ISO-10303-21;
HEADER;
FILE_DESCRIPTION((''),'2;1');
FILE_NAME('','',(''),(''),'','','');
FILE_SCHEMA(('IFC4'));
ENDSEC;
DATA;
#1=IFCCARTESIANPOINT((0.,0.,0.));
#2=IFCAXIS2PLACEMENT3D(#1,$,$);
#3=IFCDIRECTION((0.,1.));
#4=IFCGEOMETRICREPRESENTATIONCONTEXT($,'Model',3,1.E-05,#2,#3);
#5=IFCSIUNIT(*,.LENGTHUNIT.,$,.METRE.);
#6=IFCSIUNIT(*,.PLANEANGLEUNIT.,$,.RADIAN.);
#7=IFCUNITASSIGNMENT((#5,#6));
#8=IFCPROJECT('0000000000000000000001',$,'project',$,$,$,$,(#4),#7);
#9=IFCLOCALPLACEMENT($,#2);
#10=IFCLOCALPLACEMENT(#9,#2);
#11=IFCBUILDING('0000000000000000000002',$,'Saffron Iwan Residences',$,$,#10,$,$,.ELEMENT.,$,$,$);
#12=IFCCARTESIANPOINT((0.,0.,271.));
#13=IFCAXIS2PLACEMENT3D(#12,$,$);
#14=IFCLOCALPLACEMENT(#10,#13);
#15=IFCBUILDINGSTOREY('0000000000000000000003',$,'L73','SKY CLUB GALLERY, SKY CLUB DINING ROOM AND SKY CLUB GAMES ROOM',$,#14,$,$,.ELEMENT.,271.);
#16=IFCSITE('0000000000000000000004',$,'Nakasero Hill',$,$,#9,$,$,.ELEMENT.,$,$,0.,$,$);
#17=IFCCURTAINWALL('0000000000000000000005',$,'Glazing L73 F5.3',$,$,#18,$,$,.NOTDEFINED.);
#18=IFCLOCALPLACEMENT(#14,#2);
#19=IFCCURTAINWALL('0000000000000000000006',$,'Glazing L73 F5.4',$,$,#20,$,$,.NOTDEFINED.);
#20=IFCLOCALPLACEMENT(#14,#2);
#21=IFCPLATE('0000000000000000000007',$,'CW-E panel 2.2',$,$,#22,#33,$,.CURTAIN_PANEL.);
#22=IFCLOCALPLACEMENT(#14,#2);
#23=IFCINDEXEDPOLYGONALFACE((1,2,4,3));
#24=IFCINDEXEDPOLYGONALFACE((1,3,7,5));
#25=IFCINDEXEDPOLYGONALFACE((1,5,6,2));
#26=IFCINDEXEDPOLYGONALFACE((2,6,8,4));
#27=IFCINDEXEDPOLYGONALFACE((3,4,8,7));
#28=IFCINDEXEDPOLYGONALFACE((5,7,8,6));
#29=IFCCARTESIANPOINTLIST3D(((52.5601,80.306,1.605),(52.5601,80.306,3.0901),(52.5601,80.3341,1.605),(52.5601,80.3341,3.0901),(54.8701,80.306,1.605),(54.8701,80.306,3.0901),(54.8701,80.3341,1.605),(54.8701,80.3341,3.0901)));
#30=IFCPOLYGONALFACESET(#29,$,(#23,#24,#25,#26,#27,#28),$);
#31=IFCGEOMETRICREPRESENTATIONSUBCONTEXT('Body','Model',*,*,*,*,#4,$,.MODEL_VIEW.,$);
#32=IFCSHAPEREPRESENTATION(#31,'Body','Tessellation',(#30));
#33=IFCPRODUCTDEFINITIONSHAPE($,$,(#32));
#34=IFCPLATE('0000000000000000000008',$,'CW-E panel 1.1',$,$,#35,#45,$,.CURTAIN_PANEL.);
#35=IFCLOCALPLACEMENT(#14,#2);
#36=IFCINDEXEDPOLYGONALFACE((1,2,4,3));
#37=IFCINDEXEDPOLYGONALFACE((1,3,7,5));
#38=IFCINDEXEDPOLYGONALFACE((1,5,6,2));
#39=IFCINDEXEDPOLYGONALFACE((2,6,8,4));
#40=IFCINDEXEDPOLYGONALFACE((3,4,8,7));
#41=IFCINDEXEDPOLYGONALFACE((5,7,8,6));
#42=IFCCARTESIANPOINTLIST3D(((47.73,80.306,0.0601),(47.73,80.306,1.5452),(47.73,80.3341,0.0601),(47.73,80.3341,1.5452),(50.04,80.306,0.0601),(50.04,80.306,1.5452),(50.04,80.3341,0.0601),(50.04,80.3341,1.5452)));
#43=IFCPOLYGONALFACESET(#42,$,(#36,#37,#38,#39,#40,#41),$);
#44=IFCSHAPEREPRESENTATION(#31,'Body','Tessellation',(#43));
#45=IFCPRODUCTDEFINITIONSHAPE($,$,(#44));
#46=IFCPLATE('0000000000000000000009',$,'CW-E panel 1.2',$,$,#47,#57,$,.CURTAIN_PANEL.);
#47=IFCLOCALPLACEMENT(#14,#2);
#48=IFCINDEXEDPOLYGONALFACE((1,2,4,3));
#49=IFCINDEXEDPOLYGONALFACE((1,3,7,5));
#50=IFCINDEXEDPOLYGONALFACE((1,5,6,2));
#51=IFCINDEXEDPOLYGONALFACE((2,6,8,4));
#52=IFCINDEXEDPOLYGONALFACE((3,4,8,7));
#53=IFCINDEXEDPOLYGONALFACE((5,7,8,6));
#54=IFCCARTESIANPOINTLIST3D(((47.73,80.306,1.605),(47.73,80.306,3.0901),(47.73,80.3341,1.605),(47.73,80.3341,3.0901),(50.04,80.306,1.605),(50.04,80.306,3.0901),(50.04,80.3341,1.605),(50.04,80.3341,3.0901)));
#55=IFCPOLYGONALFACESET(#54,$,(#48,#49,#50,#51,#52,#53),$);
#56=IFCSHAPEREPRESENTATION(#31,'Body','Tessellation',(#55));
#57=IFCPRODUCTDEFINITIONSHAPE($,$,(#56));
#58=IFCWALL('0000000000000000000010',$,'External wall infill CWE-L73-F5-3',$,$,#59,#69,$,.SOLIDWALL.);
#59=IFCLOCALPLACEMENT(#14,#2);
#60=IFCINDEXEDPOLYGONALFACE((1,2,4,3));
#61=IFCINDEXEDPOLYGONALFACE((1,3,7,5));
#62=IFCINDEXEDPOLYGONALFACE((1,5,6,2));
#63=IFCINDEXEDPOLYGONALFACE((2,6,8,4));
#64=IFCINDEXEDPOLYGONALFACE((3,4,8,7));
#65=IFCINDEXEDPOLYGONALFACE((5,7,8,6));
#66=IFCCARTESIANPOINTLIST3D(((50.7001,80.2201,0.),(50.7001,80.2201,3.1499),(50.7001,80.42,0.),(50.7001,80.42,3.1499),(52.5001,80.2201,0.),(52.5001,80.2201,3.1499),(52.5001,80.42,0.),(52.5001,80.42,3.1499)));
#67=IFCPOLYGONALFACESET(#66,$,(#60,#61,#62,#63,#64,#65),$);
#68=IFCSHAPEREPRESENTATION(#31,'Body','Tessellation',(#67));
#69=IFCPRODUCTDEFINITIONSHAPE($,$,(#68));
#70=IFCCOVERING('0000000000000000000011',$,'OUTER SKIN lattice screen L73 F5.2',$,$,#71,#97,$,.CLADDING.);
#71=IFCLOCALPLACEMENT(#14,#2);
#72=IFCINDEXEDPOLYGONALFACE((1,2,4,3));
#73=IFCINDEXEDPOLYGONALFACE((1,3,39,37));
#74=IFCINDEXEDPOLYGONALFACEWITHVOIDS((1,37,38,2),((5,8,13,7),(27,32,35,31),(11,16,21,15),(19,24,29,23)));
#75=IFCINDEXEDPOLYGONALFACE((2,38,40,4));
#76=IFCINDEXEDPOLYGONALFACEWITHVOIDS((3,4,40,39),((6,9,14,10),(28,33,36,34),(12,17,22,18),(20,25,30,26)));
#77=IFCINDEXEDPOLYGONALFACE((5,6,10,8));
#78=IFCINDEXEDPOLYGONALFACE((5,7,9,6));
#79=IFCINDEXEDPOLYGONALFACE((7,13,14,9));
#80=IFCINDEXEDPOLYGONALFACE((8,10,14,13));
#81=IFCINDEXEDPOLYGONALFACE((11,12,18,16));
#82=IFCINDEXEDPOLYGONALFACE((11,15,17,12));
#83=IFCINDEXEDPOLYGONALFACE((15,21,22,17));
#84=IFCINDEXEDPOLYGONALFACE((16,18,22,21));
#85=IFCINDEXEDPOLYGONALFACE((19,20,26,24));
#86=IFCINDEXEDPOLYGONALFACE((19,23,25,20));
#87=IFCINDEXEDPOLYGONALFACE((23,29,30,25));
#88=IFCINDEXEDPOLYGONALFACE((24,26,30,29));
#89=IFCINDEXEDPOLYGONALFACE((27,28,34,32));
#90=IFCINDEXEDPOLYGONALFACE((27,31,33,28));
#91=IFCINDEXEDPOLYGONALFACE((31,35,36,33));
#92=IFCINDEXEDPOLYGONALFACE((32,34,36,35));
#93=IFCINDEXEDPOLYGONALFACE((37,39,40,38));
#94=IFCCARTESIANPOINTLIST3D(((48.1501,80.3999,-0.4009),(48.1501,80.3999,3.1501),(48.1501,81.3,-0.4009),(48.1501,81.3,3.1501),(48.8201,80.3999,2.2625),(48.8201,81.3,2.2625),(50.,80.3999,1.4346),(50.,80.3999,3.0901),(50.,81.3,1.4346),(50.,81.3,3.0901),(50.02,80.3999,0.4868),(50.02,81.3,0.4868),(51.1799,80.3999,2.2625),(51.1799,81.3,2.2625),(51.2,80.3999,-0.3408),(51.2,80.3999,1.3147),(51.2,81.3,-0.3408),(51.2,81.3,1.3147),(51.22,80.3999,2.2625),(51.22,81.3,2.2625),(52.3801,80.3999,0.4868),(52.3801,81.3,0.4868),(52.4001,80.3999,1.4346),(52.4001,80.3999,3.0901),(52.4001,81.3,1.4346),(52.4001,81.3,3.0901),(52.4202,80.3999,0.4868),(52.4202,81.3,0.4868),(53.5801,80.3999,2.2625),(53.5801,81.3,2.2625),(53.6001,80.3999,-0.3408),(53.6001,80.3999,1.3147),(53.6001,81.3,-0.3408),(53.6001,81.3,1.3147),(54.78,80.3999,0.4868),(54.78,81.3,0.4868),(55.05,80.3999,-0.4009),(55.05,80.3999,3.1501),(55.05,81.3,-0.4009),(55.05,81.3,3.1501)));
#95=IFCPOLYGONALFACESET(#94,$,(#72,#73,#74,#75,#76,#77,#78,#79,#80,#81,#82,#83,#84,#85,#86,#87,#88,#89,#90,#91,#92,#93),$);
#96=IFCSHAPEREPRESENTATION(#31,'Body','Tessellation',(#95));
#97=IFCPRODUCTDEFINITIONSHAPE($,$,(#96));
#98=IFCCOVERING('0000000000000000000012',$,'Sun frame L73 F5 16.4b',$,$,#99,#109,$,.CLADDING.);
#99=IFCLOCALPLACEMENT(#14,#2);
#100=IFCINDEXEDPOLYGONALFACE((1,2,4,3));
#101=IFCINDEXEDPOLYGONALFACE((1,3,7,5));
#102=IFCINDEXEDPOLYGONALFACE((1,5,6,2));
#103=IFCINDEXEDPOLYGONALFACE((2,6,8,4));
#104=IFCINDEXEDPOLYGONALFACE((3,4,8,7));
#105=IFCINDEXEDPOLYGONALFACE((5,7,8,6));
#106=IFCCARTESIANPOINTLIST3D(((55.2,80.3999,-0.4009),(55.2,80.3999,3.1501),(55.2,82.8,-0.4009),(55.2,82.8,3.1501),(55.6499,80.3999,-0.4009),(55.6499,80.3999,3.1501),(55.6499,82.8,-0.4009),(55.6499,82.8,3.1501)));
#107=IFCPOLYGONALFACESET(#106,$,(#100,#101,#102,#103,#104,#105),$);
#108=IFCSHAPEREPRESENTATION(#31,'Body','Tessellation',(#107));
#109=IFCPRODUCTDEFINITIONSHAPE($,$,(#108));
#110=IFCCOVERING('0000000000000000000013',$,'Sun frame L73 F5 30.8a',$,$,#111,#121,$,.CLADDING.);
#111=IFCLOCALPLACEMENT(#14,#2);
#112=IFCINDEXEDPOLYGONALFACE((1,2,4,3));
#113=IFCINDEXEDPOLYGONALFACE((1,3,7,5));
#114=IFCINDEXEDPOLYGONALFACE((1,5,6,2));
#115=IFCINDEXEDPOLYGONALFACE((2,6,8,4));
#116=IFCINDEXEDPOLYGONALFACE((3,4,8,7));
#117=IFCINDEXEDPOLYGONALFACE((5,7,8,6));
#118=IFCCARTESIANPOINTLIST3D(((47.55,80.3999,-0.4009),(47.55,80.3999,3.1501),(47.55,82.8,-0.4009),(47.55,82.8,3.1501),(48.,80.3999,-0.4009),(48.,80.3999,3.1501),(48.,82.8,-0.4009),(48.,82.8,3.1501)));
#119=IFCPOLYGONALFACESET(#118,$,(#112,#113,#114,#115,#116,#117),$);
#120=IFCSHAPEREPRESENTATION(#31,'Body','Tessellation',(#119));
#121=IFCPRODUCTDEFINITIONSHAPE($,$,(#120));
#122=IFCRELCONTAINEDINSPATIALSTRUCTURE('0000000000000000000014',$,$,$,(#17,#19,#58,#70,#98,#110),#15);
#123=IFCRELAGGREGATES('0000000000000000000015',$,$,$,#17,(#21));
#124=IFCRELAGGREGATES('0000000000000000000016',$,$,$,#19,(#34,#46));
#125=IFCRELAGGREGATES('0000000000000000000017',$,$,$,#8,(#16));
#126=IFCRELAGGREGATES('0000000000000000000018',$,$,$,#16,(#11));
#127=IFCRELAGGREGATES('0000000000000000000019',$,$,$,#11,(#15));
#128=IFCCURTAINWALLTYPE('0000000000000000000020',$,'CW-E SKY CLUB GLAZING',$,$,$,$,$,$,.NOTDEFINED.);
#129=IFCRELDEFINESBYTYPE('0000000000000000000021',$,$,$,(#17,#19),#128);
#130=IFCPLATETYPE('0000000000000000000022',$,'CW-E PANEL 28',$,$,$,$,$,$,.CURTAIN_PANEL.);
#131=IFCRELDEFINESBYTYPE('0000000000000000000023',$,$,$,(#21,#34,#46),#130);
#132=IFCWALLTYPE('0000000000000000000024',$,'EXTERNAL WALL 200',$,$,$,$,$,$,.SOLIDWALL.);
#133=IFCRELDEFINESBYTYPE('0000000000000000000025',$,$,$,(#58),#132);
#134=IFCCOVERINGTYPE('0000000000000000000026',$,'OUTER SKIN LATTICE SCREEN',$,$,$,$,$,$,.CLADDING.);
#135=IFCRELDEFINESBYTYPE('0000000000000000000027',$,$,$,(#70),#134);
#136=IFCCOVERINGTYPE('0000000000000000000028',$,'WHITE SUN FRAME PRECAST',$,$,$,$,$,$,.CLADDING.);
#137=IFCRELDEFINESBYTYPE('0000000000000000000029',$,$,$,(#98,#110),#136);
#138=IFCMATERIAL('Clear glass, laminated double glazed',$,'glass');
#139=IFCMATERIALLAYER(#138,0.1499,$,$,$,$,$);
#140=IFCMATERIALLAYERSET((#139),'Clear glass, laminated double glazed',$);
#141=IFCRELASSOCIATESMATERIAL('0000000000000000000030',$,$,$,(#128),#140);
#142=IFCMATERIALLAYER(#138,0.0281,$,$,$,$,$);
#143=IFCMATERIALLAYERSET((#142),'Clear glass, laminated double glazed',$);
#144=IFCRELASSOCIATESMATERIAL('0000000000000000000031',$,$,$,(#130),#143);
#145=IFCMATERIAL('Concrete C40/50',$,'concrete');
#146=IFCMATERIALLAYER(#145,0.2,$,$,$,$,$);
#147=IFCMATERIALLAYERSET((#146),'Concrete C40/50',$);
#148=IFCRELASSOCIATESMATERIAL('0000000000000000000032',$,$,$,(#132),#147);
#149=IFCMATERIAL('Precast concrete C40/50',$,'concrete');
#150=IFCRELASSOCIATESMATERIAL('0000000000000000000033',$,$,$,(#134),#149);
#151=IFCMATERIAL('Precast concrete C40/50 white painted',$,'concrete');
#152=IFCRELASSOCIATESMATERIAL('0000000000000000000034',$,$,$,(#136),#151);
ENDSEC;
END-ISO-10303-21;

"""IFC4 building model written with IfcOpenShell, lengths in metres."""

from ifc_helpers import new_model, si_unit, direction, frame, frame_2d, origin, origin_2d, place, context, subcontext, project, spatial, polyline, rectangle, outline, extrude, source, transform, mapped, material, layer, layer_set, type_object, element, aggregate, save


model = new_model("IFC4")

# Units and contexts
model_context = context("Model", 3, precision=1e-05, world=origin(), true_north=direction((0.0, 1.0)))
body_context = subcontext(model_context, "Body", "Model", "MODEL_VIEW")
ifc_project = project(units=[si_unit("LENGTHUNIT", "METRE"), si_unit("PLANEANGLEUNIT", "RADIAN")], contexts=[model_context])

# Site, building, storey
site_placement = place(None, origin())
site = spatial("IfcSite", under=ifc_project, at=site_placement, Name="Nakasero Hill", CompositionType="ELEMENT", RefElevation=0.0)
building_placement = place(site_placement, origin())
building = spatial("IfcBuilding", under=site, at=building_placement, Name="Saffron Iwan Residences", CompositionType="ELEMENT")
storey_placement = place(building_placement, frame((0.0, 0.0, 271.0)))
storey = spatial("IfcBuildingStorey", under=building, at=storey_placement, Name="L73", Description="SKY CLUB GALLERY, SKY CLUB DINING ROOM AND SKY CLUB GAMES ROOM", CompositionType="ELEMENT", Elevation=271.0)

# Curtain wall
ifc_material_1 = material(Name="Clear glass, laminated double glazed", Category="glass")
ifc_layer_1 = layer(ifc_material_1, 0.1499)
ifc_layer_set_1 = layer_set([ifc_layer_1], Name="Clear glass, laminated double glazed")
curtain_wall_type = type_object("IfcCurtainWallType", Name="CW-E SKY CLUB GLAZING", PredefinedType="NOTDEFINED", material=ifc_layer_set_1)
curtain_wall_1_placement = place(storey_placement, origin())
curtain_wall_1 = element("IfcCurtainWall", 1, at=curtain_wall_1_placement, inside=storey, type_object=curtain_wall_type, Name="Glazing L73 F5.3", PredefinedType="NOTDEFINED")

# Curtain wall
curtain_wall_2_placement = place(storey_placement, origin())
curtain_wall_2 = element("IfcCurtainWall", 2, at=curtain_wall_2_placement, inside=storey, type_object=curtain_wall_type, Name="Glazing L73 F5.4", PredefinedType="NOTDEFINED")

# Plates
ifc_layer_2 = layer(ifc_material_1, 0.0281)
ifc_layer_set_2 = layer_set([ifc_layer_2], Name="Clear glass, laminated double glazed")
plate_type = type_object("IfcPlateType", Name="CW-E PANEL 28", PredefinedType="CURTAIN_PANEL", material=ifc_layer_set_2)
shared_shape_1 = source(origin(), body_context, "Body", "SweptSolid", [
    extrude(rectangle(XDim=2.3101, YDim=0.0281, at=origin_2d()), origin(), (0.0, 0.0, 1.0), 1.4851),
])
plate_1_placement = place(storey_placement, frame((53.7151, 80.3201, 1.605), z_axis=(0.0, 0.0, 1.0), x_axis=(-1.0, 0.0, 0.0)))
plate_1 = element("IfcPlate", 3, at=plate_1_placement, type_object=plate_type, Name="CW-E panel 2.2", PredefinedType="CURTAIN_PANEL", context=body_context, shape_type="MappedRepresentation", body=[
    mapped(shared_shape_1, transform((0.0, 0.0, 0.0))),
])
aggregate(curtain_wall_1, [plate_1])
plate_2_placement = place(storey_placement, frame((48.885, 80.3201, 0.0601), z_axis=(0.0, 0.0, 1.0), x_axis=(-1.0, 0.0, 0.0)))
plate_2 = element("IfcPlate", 4, at=plate_2_placement, type_object=plate_type, Name="CW-E panel 1.1", PredefinedType="CURTAIN_PANEL", context=body_context, shape_type="MappedRepresentation", body=[
    mapped(shared_shape_1, transform((0.0, 0.0, 0.0))),
])
plate_3_placement = place(storey_placement, frame((48.885, 80.3201, 1.605), z_axis=(0.0, 0.0, 1.0), x_axis=(-1.0, 0.0, 0.0)))
plate_3 = element("IfcPlate", 5, at=plate_3_placement, type_object=plate_type, Name="CW-E panel 1.2", PredefinedType="CURTAIN_PANEL", context=body_context, shape_type="MappedRepresentation", body=[
    mapped(shared_shape_1, transform((0.0, 0.0, 0.0))),
])
aggregate(curtain_wall_2, [plate_2, plate_3])

# Wall
ifc_material_2 = material(Name="Concrete C40/50", Category="concrete")
ifc_layer_3 = layer(ifc_material_2, 0.2)
ifc_layer_set_3 = layer_set([ifc_layer_3], Name="Concrete C40/50")
wall_type = type_object("IfcWallType", Name="EXTERNAL WALL 200", PredefinedType="SOLIDWALL", material=ifc_layer_set_3)
wall_placement = place(storey_placement, frame((52.5, 80.3201, 0.0), z_axis=(0.0, 0.0, 1.0), x_axis=(-1.0, 0.0, 0.0)))
element("IfcWall", 6, at=wall_placement, inside=storey, type_object=wall_type, Name="External wall infill CWE-L73-F5-3", PredefinedType="SOLIDWALL", context=body_context, shape_type="SweptSolid", body=[
    extrude(rectangle(XDim=1.8, YDim=0.2, at=frame_2d((0.8999, 0.0))), origin(), (0.0, 0.0, 1.0), 3.1499),
])

# Coverings
ifc_material_3 = material(Name="Precast concrete C40/50", Category="concrete")
covering_type_1 = type_object("IfcCoveringType", Name="OUTER SKIN LATTICE SCREEN", PredefinedType="CLADDING", material=ifc_material_3)
covering_placement = place(storey_placement, frame((55.05, 80.3999, -0.4009), z_axis=(0.0, 1.0, 0.0), x_axis=(-1.0, 0.0, 0.0)))
element("IfcCovering", 7, at=covering_placement, inside=storey, type_object=covering_type_1, Name="OUTER SKIN lattice screen L73 F5.2", PredefinedType="CLADDING", context=body_context, shape_type="SweptSolid", body=[
    extrude(outline(polyline([(0.0, 0.0), (6.8999, 0.0), (6.8999, 3.551), (0.0, 3.551), (0.0, 0.0)]), holes=[polyline([(0.27, 0.8877), (1.45, 0.0601), (2.6299, 0.8877), (1.45, 1.7156), (0.27, 0.8877)]), polyline([(2.6699, 0.8877), (3.8501, 0.0601), (5.03, 0.8877), (3.8501, 1.7156), (2.6699, 0.8877)]), polyline([(1.47, 2.6633), (2.6499, 1.8354), (3.8301, 2.6633), (2.6499, 3.491), (1.47, 2.6633)]), polyline([(3.8701, 2.6633), (5.05, 1.8354), (6.23, 2.6633), (5.05, 3.491), (3.8701, 2.6633)])]), origin(), (0.0, 0.0, 1.0), 0.9001),
])
ifc_material_4 = material(Name="Precast concrete C40/50 white painted", Category="concrete")
covering_type_2 = type_object("IfcCoveringType", Name="WHITE SUN FRAME PRECAST", PredefinedType="CLADDING", material=ifc_material_4)
for number, where, z_axis, x_axis, name in (
    (8, (55.6499, 80.3999, -0.4009), (0.0, 1.0, 0.0), (-1.0, 0.0, 0.0), "Sun frame L73 F5 16.4b"),
    (9, (48.0, 80.3999, -0.4009), (0.0, 1.0, 0.0), (-1.0, 0.0, 0.0), "Sun frame L73 F5 30.8a"),
):
    element("IfcCovering", number, at=place(storey_placement, frame(where, z_axis=z_axis, x_axis=x_axis)), inside=storey, type_object=covering_type_2, Name=name, PredefinedType="CLADDING", context=body_context, shape_type="SweptSolid", body=[
        extrude(outline(polyline([(0.0, 0.0), (0.45, 0.0), (0.45, 3.551), (0.0, 3.551), (0.0, 0.0)])), origin(), (0.0, 0.0, 1.0), 2.4001),
    ])

save(model, "model.ifc")
